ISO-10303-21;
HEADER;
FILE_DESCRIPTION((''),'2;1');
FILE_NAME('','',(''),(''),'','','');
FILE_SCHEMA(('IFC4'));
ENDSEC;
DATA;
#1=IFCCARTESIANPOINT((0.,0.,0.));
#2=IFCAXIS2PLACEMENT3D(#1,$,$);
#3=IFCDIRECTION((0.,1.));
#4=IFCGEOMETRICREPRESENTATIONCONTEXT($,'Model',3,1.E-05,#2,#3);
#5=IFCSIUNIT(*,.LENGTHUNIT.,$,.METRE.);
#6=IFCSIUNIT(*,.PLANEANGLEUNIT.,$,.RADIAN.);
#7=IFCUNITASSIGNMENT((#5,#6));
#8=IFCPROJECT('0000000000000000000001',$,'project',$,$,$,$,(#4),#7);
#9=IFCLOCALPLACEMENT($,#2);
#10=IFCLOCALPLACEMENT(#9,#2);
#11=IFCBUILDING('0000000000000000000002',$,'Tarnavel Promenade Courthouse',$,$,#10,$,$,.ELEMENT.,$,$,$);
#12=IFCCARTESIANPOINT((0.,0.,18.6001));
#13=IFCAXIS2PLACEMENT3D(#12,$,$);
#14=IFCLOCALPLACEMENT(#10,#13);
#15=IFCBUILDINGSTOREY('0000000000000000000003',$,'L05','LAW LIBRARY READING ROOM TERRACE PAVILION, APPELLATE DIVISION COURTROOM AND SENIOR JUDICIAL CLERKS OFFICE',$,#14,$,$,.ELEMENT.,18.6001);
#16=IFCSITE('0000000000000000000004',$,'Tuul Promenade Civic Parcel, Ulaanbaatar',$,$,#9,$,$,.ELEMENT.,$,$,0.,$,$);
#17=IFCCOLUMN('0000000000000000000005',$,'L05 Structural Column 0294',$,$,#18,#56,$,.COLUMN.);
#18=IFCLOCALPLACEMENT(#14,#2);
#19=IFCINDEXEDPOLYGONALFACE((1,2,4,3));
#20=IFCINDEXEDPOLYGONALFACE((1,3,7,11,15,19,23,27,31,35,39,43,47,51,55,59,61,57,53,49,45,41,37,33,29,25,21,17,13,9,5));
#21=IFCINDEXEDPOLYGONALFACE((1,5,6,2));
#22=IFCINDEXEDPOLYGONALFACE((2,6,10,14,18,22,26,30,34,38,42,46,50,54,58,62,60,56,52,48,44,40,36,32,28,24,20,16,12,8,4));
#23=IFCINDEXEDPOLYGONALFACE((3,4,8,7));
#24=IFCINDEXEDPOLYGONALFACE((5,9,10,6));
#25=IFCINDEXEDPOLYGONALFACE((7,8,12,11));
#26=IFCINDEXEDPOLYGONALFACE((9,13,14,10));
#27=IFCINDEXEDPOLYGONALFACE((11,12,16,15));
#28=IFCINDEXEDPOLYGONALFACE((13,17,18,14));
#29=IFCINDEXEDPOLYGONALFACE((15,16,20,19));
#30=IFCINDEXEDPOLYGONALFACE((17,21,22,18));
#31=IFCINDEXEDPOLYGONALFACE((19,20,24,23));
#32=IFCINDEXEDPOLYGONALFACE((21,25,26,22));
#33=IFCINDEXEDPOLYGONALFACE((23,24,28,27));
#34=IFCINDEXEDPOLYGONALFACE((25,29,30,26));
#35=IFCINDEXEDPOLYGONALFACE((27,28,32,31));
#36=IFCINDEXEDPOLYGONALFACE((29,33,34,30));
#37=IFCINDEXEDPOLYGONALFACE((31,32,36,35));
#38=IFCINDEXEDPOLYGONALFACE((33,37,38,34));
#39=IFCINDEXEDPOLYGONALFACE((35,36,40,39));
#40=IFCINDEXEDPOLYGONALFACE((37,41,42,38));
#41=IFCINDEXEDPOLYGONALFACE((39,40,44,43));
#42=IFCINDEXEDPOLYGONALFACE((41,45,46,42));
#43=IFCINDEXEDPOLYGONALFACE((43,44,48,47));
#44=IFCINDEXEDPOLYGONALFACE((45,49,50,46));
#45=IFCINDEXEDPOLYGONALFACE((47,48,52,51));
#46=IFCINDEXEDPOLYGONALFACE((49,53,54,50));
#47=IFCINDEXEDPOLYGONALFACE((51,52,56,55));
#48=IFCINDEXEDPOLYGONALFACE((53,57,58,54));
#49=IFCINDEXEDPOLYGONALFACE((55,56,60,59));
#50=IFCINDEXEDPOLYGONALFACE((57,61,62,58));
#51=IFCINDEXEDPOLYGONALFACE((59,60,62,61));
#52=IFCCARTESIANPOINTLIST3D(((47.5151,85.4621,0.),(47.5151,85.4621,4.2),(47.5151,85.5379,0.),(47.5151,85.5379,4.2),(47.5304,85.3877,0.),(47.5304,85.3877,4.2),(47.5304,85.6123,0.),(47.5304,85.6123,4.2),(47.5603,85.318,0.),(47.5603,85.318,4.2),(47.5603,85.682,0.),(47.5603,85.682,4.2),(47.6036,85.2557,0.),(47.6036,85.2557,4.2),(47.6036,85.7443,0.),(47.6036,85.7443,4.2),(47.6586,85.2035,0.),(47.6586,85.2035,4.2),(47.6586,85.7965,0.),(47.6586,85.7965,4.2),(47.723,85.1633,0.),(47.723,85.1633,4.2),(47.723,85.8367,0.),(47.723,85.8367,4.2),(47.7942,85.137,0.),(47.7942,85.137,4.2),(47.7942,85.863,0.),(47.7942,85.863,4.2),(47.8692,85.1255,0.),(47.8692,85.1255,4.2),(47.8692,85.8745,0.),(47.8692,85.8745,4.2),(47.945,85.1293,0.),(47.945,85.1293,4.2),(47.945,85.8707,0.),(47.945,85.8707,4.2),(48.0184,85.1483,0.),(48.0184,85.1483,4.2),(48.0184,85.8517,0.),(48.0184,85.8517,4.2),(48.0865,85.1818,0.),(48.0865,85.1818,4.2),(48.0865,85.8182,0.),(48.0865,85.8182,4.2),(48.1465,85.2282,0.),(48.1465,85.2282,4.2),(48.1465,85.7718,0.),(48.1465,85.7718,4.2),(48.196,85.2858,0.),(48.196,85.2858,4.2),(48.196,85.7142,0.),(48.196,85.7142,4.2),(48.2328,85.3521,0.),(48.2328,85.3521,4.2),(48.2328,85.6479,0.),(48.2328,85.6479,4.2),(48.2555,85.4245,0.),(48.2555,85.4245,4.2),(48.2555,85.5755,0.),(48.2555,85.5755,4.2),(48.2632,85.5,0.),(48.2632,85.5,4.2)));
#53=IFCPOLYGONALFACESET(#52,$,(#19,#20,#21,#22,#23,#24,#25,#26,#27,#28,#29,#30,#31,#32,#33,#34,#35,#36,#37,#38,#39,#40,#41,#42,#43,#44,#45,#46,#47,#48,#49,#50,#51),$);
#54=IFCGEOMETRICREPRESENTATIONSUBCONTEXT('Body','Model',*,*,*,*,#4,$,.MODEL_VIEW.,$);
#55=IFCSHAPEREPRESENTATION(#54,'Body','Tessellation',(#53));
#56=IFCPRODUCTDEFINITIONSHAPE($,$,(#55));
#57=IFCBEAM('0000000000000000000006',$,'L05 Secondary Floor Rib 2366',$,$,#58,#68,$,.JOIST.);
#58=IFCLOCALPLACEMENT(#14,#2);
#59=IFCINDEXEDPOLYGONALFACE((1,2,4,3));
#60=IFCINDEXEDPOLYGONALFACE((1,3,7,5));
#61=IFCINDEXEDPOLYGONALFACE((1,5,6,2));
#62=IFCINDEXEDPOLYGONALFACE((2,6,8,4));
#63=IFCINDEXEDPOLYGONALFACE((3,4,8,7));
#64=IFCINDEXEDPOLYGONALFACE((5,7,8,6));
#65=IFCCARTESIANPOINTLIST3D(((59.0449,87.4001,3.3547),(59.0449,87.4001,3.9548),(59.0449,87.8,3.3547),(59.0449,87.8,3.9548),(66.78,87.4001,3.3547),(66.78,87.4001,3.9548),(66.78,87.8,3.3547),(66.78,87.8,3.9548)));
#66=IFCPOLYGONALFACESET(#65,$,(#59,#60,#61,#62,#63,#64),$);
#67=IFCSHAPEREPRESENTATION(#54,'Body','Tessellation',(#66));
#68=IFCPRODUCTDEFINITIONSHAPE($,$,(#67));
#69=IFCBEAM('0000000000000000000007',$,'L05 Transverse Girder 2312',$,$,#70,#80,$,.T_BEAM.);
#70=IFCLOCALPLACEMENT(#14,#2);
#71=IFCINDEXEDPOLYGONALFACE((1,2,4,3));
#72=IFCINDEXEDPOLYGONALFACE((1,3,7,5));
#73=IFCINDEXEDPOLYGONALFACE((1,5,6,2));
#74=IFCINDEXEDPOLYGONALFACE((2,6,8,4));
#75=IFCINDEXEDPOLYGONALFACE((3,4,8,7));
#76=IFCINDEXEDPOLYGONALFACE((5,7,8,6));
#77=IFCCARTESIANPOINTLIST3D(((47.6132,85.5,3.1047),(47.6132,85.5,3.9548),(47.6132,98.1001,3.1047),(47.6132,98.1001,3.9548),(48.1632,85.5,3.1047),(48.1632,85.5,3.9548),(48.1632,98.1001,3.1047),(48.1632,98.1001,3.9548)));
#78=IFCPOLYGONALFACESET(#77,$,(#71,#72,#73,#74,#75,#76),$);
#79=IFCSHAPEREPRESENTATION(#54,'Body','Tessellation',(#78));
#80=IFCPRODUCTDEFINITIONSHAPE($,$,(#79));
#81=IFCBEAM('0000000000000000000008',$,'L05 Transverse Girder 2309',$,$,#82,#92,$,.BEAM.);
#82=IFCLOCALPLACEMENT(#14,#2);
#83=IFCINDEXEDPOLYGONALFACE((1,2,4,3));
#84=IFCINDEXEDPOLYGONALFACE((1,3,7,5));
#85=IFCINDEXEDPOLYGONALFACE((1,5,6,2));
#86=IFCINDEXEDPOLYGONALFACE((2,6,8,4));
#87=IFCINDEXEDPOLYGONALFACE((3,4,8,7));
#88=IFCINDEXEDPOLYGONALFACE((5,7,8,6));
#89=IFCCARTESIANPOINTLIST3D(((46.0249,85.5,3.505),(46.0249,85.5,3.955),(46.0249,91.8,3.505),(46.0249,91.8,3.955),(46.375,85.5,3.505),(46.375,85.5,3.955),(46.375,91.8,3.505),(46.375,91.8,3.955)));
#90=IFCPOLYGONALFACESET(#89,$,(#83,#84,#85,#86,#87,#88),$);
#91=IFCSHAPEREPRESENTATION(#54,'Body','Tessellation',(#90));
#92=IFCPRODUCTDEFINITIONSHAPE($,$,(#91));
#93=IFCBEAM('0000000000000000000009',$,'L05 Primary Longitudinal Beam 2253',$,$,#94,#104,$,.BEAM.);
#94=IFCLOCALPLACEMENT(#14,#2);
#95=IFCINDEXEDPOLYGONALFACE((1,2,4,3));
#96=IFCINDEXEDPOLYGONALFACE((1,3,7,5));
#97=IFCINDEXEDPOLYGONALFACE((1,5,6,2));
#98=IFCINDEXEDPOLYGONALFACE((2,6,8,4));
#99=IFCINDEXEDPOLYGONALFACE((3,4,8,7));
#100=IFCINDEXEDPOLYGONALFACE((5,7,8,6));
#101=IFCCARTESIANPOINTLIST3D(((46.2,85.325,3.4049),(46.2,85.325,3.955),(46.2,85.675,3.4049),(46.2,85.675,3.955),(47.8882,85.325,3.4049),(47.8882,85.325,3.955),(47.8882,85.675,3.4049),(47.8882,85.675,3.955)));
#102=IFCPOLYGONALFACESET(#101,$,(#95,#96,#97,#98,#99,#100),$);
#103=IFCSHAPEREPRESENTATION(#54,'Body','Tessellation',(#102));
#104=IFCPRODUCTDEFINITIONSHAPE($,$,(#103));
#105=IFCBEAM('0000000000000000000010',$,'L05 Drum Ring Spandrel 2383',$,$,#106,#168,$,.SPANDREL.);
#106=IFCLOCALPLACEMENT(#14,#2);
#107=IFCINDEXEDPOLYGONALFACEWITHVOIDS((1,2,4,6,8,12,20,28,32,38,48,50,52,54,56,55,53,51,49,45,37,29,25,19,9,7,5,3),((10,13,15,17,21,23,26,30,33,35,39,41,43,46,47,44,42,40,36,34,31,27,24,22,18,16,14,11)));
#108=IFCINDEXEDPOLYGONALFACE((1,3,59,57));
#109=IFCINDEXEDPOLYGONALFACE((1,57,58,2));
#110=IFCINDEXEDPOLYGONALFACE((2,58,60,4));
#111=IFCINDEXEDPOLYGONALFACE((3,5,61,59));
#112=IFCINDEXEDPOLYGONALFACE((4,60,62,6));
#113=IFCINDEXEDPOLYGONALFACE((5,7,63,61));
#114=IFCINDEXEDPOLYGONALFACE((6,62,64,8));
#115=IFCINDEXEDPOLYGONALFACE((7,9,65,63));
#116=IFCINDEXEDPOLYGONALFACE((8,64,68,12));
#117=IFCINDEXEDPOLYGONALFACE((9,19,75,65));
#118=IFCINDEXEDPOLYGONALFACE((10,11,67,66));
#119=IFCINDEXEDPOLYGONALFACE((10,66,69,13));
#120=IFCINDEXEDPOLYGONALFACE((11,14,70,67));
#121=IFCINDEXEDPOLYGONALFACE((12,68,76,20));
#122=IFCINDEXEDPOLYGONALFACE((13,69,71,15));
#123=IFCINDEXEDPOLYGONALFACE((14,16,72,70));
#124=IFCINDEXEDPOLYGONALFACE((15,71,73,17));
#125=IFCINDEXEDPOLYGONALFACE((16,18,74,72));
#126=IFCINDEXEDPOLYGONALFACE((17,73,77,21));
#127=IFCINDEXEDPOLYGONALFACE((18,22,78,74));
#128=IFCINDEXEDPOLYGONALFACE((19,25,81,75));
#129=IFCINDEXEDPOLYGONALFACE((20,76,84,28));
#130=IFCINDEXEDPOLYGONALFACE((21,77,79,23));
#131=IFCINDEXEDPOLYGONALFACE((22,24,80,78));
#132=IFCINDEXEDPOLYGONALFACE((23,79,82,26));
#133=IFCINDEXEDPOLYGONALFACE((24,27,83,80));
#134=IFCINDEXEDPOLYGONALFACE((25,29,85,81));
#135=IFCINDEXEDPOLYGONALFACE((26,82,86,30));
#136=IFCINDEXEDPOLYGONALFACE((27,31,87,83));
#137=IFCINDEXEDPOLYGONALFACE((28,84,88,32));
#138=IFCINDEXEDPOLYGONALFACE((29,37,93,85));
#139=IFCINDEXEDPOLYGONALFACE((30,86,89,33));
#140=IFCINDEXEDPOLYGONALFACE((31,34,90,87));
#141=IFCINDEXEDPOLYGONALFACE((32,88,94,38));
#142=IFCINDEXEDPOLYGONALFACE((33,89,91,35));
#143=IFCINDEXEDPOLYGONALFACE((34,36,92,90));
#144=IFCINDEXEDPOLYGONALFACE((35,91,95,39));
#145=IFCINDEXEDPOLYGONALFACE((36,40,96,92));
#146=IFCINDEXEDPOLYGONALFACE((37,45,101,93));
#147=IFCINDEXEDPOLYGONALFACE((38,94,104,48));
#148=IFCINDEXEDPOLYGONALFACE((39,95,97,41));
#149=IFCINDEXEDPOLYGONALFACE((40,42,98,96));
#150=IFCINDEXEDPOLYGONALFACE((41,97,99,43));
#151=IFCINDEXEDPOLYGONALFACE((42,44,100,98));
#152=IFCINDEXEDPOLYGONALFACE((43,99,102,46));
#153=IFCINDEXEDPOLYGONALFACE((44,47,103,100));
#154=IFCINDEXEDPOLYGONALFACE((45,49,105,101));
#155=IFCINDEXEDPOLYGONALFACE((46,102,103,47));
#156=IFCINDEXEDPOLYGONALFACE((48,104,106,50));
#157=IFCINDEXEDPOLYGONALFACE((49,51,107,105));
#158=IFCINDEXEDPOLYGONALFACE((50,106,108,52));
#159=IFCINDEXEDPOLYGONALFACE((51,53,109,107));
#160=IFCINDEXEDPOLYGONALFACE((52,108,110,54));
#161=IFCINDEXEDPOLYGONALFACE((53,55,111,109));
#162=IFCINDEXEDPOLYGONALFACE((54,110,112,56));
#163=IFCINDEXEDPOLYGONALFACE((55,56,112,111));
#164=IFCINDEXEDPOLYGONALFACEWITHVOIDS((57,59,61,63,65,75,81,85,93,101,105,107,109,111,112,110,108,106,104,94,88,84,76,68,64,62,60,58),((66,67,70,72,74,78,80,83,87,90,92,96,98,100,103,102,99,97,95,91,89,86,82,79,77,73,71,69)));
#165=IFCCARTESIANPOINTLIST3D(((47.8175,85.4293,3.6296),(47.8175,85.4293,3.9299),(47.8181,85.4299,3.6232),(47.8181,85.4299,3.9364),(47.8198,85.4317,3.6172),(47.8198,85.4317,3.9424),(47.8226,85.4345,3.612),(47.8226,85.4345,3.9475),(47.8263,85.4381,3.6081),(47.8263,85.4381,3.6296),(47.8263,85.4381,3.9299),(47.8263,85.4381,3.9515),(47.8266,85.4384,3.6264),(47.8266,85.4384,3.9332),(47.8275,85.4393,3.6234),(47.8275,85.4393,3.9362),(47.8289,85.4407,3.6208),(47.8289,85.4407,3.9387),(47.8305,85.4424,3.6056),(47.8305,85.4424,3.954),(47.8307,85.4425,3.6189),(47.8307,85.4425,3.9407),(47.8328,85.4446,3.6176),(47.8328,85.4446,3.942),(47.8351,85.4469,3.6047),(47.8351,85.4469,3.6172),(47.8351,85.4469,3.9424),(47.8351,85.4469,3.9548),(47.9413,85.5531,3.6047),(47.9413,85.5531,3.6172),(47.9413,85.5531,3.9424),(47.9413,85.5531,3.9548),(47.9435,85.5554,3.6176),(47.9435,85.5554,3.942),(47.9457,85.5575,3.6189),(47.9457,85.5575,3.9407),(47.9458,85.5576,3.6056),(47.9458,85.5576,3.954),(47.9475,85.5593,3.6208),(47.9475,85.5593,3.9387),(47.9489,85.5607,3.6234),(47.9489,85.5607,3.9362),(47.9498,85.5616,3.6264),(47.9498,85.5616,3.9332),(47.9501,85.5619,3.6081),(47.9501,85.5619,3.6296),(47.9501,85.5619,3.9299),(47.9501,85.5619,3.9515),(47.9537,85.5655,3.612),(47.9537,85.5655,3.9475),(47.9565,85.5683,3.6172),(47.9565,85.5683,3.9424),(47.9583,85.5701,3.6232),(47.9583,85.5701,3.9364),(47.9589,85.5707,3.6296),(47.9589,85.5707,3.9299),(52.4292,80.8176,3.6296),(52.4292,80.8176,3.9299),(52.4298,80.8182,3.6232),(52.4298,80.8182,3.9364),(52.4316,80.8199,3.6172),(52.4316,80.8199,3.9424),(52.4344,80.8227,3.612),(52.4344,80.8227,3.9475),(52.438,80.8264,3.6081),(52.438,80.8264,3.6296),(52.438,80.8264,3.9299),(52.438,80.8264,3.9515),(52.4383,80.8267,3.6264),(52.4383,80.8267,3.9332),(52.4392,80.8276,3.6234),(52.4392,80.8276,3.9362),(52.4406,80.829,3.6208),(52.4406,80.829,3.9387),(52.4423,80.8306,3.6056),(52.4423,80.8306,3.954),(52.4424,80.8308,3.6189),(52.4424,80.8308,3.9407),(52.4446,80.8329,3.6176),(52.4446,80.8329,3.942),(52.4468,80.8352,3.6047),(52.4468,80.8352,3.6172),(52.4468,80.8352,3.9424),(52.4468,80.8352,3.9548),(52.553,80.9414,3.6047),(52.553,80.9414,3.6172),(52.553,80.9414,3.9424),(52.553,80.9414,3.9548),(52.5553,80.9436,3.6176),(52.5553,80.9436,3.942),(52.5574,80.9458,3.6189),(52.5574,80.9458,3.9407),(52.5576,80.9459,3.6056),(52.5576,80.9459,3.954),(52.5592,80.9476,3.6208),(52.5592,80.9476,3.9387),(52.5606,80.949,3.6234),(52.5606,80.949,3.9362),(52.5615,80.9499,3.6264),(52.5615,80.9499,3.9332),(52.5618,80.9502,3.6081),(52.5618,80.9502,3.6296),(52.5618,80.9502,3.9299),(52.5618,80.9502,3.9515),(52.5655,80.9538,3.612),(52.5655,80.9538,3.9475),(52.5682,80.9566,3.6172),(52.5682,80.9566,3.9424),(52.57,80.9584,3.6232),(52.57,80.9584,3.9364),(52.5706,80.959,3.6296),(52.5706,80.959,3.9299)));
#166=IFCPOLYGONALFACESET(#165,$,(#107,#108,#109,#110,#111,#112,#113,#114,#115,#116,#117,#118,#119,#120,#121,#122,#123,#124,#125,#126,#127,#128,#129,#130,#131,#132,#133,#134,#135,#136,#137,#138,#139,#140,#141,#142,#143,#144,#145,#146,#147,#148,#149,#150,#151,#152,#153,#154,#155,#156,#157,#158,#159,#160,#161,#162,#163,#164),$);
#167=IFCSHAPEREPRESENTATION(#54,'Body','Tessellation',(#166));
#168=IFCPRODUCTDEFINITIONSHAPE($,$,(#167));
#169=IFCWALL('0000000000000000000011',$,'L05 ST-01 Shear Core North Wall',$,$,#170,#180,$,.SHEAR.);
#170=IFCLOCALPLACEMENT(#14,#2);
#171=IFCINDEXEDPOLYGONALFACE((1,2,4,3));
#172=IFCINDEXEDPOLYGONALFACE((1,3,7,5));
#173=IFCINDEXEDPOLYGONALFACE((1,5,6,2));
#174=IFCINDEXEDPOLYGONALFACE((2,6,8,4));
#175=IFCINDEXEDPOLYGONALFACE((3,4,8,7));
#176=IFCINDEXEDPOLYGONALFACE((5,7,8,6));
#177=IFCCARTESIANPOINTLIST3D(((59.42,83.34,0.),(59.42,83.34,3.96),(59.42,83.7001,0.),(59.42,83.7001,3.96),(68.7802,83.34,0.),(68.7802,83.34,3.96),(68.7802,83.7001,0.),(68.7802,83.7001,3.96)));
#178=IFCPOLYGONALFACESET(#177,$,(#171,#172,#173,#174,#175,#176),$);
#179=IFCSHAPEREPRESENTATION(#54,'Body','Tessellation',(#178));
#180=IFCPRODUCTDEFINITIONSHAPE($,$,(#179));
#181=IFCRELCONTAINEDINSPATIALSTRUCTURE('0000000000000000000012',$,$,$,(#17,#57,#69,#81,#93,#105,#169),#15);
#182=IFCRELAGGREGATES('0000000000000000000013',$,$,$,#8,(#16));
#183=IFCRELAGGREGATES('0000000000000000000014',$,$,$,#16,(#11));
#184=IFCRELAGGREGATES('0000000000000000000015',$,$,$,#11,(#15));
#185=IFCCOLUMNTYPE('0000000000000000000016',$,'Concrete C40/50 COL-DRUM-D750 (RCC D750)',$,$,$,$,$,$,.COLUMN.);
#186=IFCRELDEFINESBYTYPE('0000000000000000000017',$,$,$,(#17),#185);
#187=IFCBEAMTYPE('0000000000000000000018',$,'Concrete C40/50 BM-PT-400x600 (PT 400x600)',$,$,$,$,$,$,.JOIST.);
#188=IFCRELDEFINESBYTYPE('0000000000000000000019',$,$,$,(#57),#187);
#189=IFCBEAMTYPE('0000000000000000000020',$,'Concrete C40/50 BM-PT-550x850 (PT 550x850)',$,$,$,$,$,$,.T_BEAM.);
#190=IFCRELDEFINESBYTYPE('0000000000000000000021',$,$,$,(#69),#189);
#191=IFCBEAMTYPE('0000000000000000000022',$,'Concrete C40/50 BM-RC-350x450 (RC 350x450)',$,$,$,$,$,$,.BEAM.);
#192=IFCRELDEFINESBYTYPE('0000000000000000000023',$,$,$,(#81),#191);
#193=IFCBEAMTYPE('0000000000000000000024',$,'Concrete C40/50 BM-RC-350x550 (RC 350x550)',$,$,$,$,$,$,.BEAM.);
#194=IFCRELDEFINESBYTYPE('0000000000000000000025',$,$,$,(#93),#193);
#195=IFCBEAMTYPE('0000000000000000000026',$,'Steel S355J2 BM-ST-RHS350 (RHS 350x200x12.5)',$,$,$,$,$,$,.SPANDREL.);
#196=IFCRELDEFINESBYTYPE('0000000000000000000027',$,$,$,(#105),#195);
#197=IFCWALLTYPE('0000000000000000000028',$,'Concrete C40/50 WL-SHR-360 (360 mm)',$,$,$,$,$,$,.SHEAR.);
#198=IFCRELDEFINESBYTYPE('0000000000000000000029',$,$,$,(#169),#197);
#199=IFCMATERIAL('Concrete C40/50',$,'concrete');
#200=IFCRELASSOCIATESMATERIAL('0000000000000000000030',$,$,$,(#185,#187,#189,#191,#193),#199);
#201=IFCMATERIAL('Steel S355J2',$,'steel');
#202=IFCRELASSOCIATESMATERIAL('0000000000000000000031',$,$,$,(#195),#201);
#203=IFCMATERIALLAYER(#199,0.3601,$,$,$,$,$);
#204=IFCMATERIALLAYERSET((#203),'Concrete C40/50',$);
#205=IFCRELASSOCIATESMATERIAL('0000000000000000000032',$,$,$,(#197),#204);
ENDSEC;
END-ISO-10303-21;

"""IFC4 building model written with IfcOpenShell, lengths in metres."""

from ifc_helpers import new_model, si_unit, direction, frame, frame_2d, origin, origin_2d, place, context, subcontext, project, spatial, rectangle, hollow_rectangle, circle, extrude, material, layer, layer_set, material_profile, profile_set, type_object, element, save


model = new_model("IFC4")

# Units and contexts
model_context = context("Model", 3, precision=1e-05, world=origin(), true_north=direction((0.0, 1.0)))
body_context = subcontext(model_context, "Body", "Model", "MODEL_VIEW")
ifc_project = project(units=[si_unit("LENGTHUNIT", "METRE"), si_unit("PLANEANGLEUNIT", "RADIAN")], contexts=[model_context])

# Site, building, storey
site_placement = place(None, origin())
site = spatial("IfcSite", under=ifc_project, at=site_placement, Name="Tuul Promenade Civic Parcel, Ulaanbaatar", CompositionType="ELEMENT", RefElevation=0.0)
building_placement = place(site_placement, origin())
building = spatial("IfcBuilding", under=site, at=building_placement, Name="Tarnavel Promenade Courthouse", CompositionType="ELEMENT")
storey_placement = place(building_placement, frame((0.0, 0.0, 18.6001)))
storey = spatial("IfcBuildingStorey", under=building, at=storey_placement, Name="L05", Description="LAW LIBRARY READING ROOM TERRACE PAVILION, APPELLATE DIVISION COURTROOM AND SENIOR JUDICIAL CLERKS OFFICE", CompositionType="ELEMENT", Elevation=18.6001)

# Column
ifc_material_1 = material(Name="Concrete C40/50", Category="concrete")
ifc_material_profile_1 = material_profile(ifc_material_1, circle(Radius=0.375, at=origin_2d()), Name="RCC D750")
ifc_profile_set_1 = profile_set([ifc_material_profile_1], Name="Concrete C40/50")
column_type = type_object("IfcColumnType", Name="Concrete C40/50 COL-DRUM-D750 (RCC D750)", PredefinedType="COLUMN", material=ifc_profile_set_1)
column_placement = place(storey_placement, frame((47.8882, 85.5, 0.0), z_axis=(0.0, 0.0, 1.0), x_axis=(1.0, 0.0, 0.0)))
element("IfcColumn", 1, at=column_placement, inside=storey, type_object=column_type, Name="L05 Structural Column 0294", PredefinedType="COLUMN", context=body_context, shape_type="SweptSolid", body=[
    extrude(circle(Radius=0.375, at=origin_2d()), origin(), (0.0, 0.0, 1.0), 4.2),
])

# Beams
ifc_material_profile_2 = material_profile(ifc_material_1, rectangle(XDim=0.3999, YDim=0.6001, at=origin_2d()), Name="PT 400x600")
ifc_profile_set_2 = profile_set([ifc_material_profile_2], Name="Concrete C40/50")
beam_type_1 = type_object("IfcBeamType", Name="Concrete C40/50 BM-PT-400x600 (PT 400x600)", PredefinedType="JOIST", material=ifc_profile_set_2)
beam_1_placement = place(storey_placement, frame((59.0449, 87.6001, 3.6548), z_axis=(1.0, 0.0, 0.0), x_axis=(0.0, 1.0, 0.0)))
element("IfcBeam", 2, at=beam_1_placement, inside=storey, type_object=beam_type_1, Name="L05 Secondary Floor Rib 2366", PredefinedType="JOIST", context=body_context, shape_type="SweptSolid", body=[
    extrude(rectangle(XDim=0.3999, YDim=0.6001, at=origin_2d()), origin(), (0.0, 0.0, 1.0), 7.7351),
])
ifc_material_profile_3 = material_profile(ifc_material_1, rectangle(XDim=0.55, YDim=0.8501, at=origin_2d()), Name="PT 550x850")
ifc_profile_set_3 = profile_set([ifc_material_profile_3], Name="Concrete C40/50")
beam_type_2 = type_object("IfcBeamType", Name="Concrete C40/50 BM-PT-550x850 (PT 550x850)", PredefinedType="T_BEAM", material=ifc_profile_set_3)
beam_2_placement = place(storey_placement, frame((47.8882, 85.5, 3.5298), z_axis=(0.0, 1.0, 0.0), x_axis=(-1.0, 0.0, 0.0)))
element("IfcBeam", 3, at=beam_2_placement, inside=storey, type_object=beam_type_2, Name="L05 Transverse Girder 2312", PredefinedType="T_BEAM", context=body_context, shape_type="SweptSolid", body=[
    extrude(rectangle(XDim=0.55, YDim=0.8501, at=origin_2d()), origin(), (0.0, 0.0, 1.0), 12.6001),
])
ifc_material_profile_4 = material_profile(ifc_material_1, rectangle(XDim=0.3501, YDim=0.45, at=origin_2d()), Name="RC 350x450")
ifc_profile_set_4 = profile_set([ifc_material_profile_4], Name="Concrete C40/50")
beam_type_3 = type_object("IfcBeamType", Name="Concrete C40/50 BM-RC-350x450 (RC 350x450)", PredefinedType="BEAM", material=ifc_profile_set_4)
beam_3_placement = place(storey_placement, frame((46.2, 85.5, 3.73), z_axis=(0.0, 1.0, 0.0), x_axis=(-1.0, 0.0, 0.0)))
element("IfcBeam", 4, at=beam_3_placement, inside=storey, type_object=beam_type_3, Name="L05 Transverse Girder 2309", PredefinedType="BEAM", context=body_context, shape_type="SweptSolid", body=[
    extrude(rectangle(XDim=0.3501, YDim=0.45, at=origin_2d()), origin(), (0.0, 0.0, 1.0), 6.3),
])
ifc_material_profile_5 = material_profile(ifc_material_1, rectangle(XDim=0.3501, YDim=0.55, at=origin_2d()), Name="RC 350x550")
ifc_profile_set_5 = profile_set([ifc_material_profile_5], Name="Concrete C40/50")
beam_type_4 = type_object("IfcBeamType", Name="Concrete C40/50 BM-RC-350x550 (RC 350x550)", PredefinedType="BEAM", material=ifc_profile_set_5)
beam_4_placement = place(storey_placement, frame((46.2, 85.5, 3.6799), z_axis=(1.0, 0.0, 0.0), x_axis=(0.0, 1.0, 0.0)))
element("IfcBeam", 5, at=beam_4_placement, inside=storey, type_object=beam_type_4, Name="L05 Primary Longitudinal Beam 2253", PredefinedType="BEAM", context=body_context, shape_type="SweptSolid", body=[
    extrude(rectangle(XDim=0.3501, YDim=0.55, at=origin_2d()), origin(), (0.0, 0.0, 1.0), 1.6882),
])
ifc_material_2 = material(Name="Steel S355J2", Category="steel")
ifc_material_profile_6 = material_profile(ifc_material_2, hollow_rectangle(XDim=0.2, YDim=0.3501, WallThickness=0.0125, InnerFilletRadius=0.0125, OuterFilletRadius=0.0249, at=origin_2d()), Name="RHS 350x200x12.5")
ifc_profile_set_6 = profile_set([ifc_material_profile_6], Name="Steel S355J2")
beam_type_5 = type_object("IfcBeamType", Name="Steel S355J2 BM-ST-RHS350 (RHS 350x200x12.5)", PredefinedType="SPANDREL", material=ifc_profile_set_6)
beam_5_placement = place(storey_placement, frame((47.8882, 85.5, 3.7798), z_axis=(0.707107, -0.707107, 0.0), x_axis=(0.707107, 0.707107, 0.0)))
element("IfcBeam", 6, at=beam_5_placement, inside=storey, type_object=beam_type_5, Name="L05 Drum Ring Spandrel 2383", PredefinedType="SPANDREL", context=body_context, shape_type="SweptSolid", body=[
    extrude(hollow_rectangle(XDim=0.2, YDim=0.3501, WallThickness=0.0125, InnerFilletRadius=0.0125, OuterFilletRadius=0.0249, at=origin_2d()), origin(), (0.0, 0.0, 1.0), 6.522),
])

# Wall
ifc_layer_1 = layer(ifc_material_1, 0.3601)
ifc_layer_set_1 = layer_set([ifc_layer_1], Name="Concrete C40/50")
wall_type_1 = type_object("IfcWallType", Name="Concrete C40/50 WL-SHR-360 (360 mm)", PredefinedType="SHEAR", material=ifc_layer_set_1)
wall_1_placement = place(storey_placement, frame((59.4199, 83.52, 0.0), z_axis=(0.0, 0.0, 1.0), x_axis=(1.0, 0.0, 0.0)))
element("IfcWall", 7, at=wall_1_placement, inside=storey, type_object=wall_type_1, Name="L05 ST-01 Shear Core North Wall", PredefinedType="SHEAR", context=body_context, shape_type="SweptSolid", body=[
    extrude(rectangle(XDim=9.3601, YDim=0.3601, at=frame_2d((4.6802, 0.0))), origin(), (0.0, 0.0, 1.0), 3.96),
])

save(model, "model.ifc")
